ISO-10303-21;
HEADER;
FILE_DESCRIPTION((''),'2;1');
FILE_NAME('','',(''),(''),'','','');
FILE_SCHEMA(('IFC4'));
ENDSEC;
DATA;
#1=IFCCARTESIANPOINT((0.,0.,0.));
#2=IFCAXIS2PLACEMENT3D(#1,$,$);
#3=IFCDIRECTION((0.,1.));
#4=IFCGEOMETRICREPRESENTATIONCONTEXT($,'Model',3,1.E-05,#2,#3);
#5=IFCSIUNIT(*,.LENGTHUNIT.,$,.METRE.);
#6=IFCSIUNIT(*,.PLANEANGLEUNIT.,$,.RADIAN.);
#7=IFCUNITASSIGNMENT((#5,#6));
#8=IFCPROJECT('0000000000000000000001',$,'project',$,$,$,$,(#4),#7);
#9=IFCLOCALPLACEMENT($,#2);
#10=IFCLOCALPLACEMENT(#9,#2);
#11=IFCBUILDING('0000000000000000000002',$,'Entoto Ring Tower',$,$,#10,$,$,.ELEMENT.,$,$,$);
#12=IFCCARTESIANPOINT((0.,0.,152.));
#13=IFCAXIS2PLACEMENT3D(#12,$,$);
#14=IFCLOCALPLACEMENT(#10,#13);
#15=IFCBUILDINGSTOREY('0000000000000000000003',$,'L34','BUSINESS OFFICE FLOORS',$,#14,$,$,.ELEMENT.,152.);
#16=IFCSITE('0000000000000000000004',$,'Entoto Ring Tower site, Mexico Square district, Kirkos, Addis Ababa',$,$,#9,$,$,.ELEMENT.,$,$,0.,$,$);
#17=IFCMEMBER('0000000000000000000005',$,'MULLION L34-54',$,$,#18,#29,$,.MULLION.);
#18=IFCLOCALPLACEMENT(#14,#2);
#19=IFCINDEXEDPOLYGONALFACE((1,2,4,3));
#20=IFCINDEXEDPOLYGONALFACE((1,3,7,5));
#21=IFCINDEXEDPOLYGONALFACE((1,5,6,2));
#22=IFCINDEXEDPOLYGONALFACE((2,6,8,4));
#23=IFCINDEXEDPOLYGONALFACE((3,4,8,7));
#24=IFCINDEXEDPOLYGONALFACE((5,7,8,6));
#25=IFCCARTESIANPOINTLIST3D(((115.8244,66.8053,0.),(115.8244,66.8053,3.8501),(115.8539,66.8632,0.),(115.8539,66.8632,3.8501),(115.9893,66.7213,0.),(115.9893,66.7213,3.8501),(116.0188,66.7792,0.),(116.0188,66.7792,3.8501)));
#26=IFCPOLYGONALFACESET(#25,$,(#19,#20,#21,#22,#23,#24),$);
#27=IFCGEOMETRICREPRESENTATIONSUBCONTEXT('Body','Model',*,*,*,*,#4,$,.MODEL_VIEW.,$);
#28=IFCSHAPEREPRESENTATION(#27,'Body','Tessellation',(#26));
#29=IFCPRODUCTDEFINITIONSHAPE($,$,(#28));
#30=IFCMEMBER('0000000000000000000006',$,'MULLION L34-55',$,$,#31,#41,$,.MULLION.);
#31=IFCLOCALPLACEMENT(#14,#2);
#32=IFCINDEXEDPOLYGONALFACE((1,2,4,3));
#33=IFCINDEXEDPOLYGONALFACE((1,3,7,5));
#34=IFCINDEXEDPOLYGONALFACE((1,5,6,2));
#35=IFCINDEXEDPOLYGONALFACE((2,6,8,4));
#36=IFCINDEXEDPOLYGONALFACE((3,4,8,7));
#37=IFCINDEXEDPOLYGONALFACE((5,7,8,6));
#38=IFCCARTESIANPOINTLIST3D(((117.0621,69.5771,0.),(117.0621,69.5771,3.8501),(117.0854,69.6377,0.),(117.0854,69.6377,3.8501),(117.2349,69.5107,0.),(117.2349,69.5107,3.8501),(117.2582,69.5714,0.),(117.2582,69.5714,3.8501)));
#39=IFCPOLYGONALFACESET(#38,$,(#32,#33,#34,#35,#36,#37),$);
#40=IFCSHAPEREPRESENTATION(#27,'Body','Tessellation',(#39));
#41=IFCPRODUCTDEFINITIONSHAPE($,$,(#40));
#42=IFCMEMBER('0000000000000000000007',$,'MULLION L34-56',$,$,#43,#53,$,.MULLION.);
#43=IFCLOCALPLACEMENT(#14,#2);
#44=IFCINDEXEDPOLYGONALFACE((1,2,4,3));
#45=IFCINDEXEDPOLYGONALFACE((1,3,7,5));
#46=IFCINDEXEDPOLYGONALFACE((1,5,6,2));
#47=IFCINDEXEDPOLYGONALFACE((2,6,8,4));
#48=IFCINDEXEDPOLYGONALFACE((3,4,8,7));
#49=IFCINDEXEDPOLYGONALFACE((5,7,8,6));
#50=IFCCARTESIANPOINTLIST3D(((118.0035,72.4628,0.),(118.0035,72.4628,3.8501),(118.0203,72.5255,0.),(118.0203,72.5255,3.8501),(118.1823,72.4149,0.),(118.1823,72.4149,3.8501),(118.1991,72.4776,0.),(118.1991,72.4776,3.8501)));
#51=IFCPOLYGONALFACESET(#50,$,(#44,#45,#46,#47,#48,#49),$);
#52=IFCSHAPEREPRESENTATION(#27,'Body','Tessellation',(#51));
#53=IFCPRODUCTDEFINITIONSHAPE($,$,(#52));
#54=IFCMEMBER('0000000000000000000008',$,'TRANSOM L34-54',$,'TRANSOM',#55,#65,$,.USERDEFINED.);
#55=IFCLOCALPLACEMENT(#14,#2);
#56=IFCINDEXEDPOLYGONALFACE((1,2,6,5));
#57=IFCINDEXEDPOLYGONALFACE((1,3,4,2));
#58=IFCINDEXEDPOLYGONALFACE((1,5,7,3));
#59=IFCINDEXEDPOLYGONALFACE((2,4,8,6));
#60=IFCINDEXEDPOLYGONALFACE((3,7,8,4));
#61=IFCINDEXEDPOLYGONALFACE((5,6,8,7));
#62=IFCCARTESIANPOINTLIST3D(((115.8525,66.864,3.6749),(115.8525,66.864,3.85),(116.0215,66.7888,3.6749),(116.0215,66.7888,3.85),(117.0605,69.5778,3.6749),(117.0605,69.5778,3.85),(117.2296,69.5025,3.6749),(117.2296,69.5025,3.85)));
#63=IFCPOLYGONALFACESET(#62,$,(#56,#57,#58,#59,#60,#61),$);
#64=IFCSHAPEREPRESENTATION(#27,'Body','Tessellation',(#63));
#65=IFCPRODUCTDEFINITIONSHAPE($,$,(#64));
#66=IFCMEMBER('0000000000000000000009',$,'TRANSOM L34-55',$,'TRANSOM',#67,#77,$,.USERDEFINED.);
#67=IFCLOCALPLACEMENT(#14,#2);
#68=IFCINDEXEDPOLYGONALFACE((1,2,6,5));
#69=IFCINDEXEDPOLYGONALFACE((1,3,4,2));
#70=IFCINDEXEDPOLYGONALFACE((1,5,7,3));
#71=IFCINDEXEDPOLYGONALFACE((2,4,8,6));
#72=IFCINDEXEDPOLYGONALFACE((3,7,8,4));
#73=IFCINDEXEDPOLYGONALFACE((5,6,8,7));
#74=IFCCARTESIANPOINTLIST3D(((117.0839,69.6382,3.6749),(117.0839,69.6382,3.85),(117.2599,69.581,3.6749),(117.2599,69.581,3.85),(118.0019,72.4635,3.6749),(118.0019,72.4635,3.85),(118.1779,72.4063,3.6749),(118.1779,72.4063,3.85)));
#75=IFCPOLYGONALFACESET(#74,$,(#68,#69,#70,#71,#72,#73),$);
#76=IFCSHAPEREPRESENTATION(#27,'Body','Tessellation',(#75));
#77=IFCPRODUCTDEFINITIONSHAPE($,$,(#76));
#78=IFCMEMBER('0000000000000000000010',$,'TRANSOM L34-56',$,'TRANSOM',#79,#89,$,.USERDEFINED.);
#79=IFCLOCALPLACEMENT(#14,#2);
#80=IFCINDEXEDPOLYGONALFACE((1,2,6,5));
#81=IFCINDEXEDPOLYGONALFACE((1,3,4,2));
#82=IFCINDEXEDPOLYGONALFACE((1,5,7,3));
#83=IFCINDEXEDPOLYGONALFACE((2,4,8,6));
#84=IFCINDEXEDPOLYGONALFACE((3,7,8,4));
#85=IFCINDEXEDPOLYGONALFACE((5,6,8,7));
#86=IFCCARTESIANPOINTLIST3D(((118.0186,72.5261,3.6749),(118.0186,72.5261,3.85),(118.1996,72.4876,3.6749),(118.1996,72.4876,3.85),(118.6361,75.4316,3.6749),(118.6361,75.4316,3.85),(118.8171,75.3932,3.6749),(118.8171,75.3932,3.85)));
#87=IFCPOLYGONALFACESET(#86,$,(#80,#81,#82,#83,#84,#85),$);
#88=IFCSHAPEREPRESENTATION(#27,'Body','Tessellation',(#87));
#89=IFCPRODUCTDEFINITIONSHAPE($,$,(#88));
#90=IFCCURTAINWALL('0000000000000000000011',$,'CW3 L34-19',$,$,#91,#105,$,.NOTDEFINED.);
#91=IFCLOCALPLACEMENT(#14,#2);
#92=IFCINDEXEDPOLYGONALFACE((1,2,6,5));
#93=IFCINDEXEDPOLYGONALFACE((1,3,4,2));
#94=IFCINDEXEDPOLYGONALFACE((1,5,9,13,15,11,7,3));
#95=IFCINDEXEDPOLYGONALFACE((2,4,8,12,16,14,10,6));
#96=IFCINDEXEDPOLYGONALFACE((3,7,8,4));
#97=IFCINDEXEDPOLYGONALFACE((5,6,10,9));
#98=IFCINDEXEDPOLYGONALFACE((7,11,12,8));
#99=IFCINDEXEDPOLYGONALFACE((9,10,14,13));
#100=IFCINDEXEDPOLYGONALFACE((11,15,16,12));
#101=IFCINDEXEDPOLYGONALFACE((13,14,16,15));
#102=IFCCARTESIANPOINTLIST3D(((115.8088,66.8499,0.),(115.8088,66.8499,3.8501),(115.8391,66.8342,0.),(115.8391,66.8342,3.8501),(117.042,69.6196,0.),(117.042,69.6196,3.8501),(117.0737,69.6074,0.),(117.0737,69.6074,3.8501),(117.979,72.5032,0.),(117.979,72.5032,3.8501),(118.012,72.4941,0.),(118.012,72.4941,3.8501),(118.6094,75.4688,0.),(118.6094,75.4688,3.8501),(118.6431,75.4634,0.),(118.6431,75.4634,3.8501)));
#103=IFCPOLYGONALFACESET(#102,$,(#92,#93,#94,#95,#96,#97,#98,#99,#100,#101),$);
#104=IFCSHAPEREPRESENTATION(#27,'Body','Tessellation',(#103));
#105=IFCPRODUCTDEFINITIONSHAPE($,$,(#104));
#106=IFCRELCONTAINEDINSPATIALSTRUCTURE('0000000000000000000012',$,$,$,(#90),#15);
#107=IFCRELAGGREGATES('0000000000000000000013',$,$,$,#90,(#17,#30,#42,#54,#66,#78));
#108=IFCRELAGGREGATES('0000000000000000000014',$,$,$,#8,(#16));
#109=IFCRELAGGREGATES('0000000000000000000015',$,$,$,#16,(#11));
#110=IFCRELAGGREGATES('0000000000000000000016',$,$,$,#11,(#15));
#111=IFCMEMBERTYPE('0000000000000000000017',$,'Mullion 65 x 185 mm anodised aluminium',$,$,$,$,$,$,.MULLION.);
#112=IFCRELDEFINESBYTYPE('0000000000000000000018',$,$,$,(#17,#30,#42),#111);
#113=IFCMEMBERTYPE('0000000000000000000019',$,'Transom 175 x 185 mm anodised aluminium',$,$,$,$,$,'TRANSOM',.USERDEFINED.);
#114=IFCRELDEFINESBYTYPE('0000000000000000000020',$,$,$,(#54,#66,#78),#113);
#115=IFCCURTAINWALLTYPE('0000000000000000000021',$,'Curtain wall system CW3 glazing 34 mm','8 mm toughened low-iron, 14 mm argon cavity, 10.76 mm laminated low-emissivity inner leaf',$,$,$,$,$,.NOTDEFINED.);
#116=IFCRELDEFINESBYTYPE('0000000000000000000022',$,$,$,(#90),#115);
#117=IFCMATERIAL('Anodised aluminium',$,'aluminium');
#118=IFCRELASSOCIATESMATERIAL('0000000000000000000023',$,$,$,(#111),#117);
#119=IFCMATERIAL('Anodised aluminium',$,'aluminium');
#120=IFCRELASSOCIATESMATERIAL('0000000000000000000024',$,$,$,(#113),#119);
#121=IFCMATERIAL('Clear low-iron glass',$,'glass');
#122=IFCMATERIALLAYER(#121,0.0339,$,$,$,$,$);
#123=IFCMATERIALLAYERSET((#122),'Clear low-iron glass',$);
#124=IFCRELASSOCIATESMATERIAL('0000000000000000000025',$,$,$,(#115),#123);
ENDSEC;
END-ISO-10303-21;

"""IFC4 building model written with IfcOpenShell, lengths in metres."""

from ifc_helpers import new_model, si_unit, direction, frame, origin, origin_2d, place, context, subcontext, project, spatial, polyline, rectangle, outline, extrude, material, layer, layer_set, material_profile, profile_set, type_object, element, aggregate, save


model = new_model("IFC4")

# Units and contexts
model_context = context("Model", 3, precision=1e-05, world=origin(), true_north=direction((0.0, 1.0)))
body_context = subcontext(model_context, "Body", "Model", "MODEL_VIEW")
ifc_project = project(units=[si_unit("LENGTHUNIT", "METRE"), si_unit("PLANEANGLEUNIT", "RADIAN")], contexts=[model_context])

# Members
ifc_material_1 = material(Name="Anodised aluminium", Category="aluminium")
ifc_material_profile_1 = material_profile(ifc_material_1, rectangle(XDim=0.0649, YDim=0.1851, at=origin_2d()), Name="Mullion 65 x 185 mm anodised aluminium")
ifc_profile_set_1 = profile_set([ifc_material_profile_1], Name="Anodised aluminium")
member_type_1 = type_object("IfcMemberType", Name="Mullion 65 x 185 mm anodised aluminium", PredefinedType="MULLION", material=ifc_profile_set_1)
site_placement = place(None, origin())
building_placement = place(site_placement, origin())
storey_placement = place(building_placement, frame((0.0, 0.0, 152.0)))
member_1_placement = place(storey_placement, frame((115.9216, 66.7922, 0.0), z_axis=(0.0, 0.0, 1.0), x_axis=(0.45399, 0.891007, 0.0)))
member_1 = element("IfcMember", 1, at=member_1_placement, type_object=member_type_1, Name="MULLION L34-54", PredefinedType="MULLION", context=body_context, shape_type="SweptSolid", body=[
    extrude(rectangle(XDim=0.0649, YDim=0.1851, at=origin_2d()), origin(), (0.0, 0.0, 1.0), 3.8501),
])
member_2_placement = place(storey_placement, frame((117.1602, 69.5742, 0.0), z_axis=(0.0, 0.0, 1.0), x_axis=(0.358368, 0.93358, 0.0)))
member_2 = element("IfcMember", 2, at=member_2_placement, type_object=member_type_1, Name="MULLION L34-55", PredefinedType="MULLION", context=body_context, shape_type="SweptSolid", body=[
    extrude(rectangle(XDim=0.0649, YDim=0.1851, at=origin_2d()), origin(), (0.0, 0.0, 1.0), 3.8501),
])
member_3_placement = place(storey_placement, frame((118.1013, 72.4702, 0.0), z_axis=(0.0, 0.0, 1.0), x_axis=(0.258819, 0.965926, 0.0)))
member_3 = element("IfcMember", 3, at=member_3_placement, type_object=member_type_1, Name="MULLION L34-56", PredefinedType="MULLION", context=body_context, shape_type="SweptSolid", body=[
    extrude(rectangle(XDim=0.0649, YDim=0.1851, at=origin_2d()), origin(), (0.0, 0.0, 1.0), 3.8501),
])
ifc_material_2 = material(Name="Anodised aluminium", Category="aluminium")
ifc_material_profile_2 = material_profile(ifc_material_2, rectangle(XDim=0.1851, YDim=0.175, at=origin_2d()), Name="Transom 175 x 185 mm anodised aluminium")
ifc_profile_set_2 = profile_set([ifc_material_profile_2], Name="Anodised aluminium")
member_type_2 = type_object("IfcMemberType", Name="Transom 175 x 185 mm anodised aluminium", ElementType="TRANSOM", PredefinedType="USERDEFINED", material=ifc_profile_set_2)
member_4_placement = place(storey_placement, frame((115.937, 66.8264, 3.7625), z_axis=(0.406687, 0.913567, 0.0), x_axis=(-0.913567, 0.406687, 0.0)))
member_4 = element("IfcMember", 4, at=member_4_placement, type_object=member_type_2, Name="TRANSOM L34-54", ObjectType="TRANSOM", PredefinedType="USERDEFINED", context=body_context, shape_type="SweptSolid", body=[
    extrude(rectangle(XDim=0.1851, YDim=0.175, at=origin_2d()), origin(), (0.0, 0.0, 1.0), 2.9705),
])
member_5_placement = place(storey_placement, frame((117.1719, 69.6096, 3.7625), z_axis=(0.309019, 0.951056, 0.0), x_axis=(-0.951056, 0.309019, 0.0)))
member_5 = element("IfcMember", 5, at=member_5_placement, type_object=member_type_2, Name="TRANSOM L34-55", ObjectType="TRANSOM", PredefinedType="USERDEFINED", context=body_context, shape_type="SweptSolid", body=[
    extrude(rectangle(XDim=0.1851, YDim=0.175, at=origin_2d()), origin(), (0.0, 0.0, 1.0), 2.9707),
])
member_6_placement = place(storey_placement, frame((118.1091, 72.5068, 3.7625), z_axis=(0.207862, 0.978158, 0.0), x_axis=(-0.978158, 0.207862, 0.0)))
member_6 = element("IfcMember", 6, at=member_6_placement, type_object=member_type_2, Name="TRANSOM L34-56", ObjectType="TRANSOM", PredefinedType="USERDEFINED", context=body_context, shape_type="SweptSolid", body=[
    extrude(rectangle(XDim=0.1851, YDim=0.175, at=origin_2d()), origin(), (0.0, 0.0, 1.0), 2.9705),
])

# Site, building, storey
site = spatial("IfcSite", under=ifc_project, at=site_placement, Name="Entoto Ring Tower site, Mexico Square district, Kirkos, Addis Ababa", CompositionType="ELEMENT", RefElevation=0.0)
building = spatial("IfcBuilding", under=site, at=building_placement, Name="Entoto Ring Tower", CompositionType="ELEMENT")
storey = spatial("IfcBuildingStorey", under=building, at=storey_placement, Name="L34", Description="BUSINESS OFFICE FLOORS", CompositionType="ELEMENT", Elevation=152.0)

# Curtain wall
ifc_material_3 = material(Name="Clear low-iron glass", Category="glass")
ifc_layer_1 = layer(ifc_material_3, 0.0339)
ifc_layer_set_1 = layer_set([ifc_layer_1], Name="Clear low-iron glass")
curtain_wall_type = type_object("IfcCurtainWallType", Name="Curtain wall system CW3 glazing 34 mm", Description="8 mm toughened low-iron, 14 mm argon cavity, 10.76 mm laminated low-emissivity inner leaf", PredefinedType="NOTDEFINED", material=ifc_layer_set_1)
curtain_wall_1_placement = place(storey_placement, origin())
curtain_wall_1 = element("IfcCurtainWall", 7, at=curtain_wall_1_placement, inside=storey, type_object=curtain_wall_type, Name="CW3 L34-19", PredefinedType="NOTDEFINED", context=body_context, shape_type="SweptSolid", body=[
    extrude(outline(polyline([(115.8391, 66.8342), (117.0737, 69.6074), (118.012, 72.4941), (118.6431, 75.4634), (118.6094, 75.4688), (117.979, 72.5032), (117.042, 69.6196), (115.8088, 66.8499), (115.8391, 66.8342)])), origin(), (0.0, 0.0, 1.0), 3.8501),
])
aggregate(curtain_wall_1, [member_1, member_2, member_3, member_4, member_5, member_6])

save(model, "model.ifc")
